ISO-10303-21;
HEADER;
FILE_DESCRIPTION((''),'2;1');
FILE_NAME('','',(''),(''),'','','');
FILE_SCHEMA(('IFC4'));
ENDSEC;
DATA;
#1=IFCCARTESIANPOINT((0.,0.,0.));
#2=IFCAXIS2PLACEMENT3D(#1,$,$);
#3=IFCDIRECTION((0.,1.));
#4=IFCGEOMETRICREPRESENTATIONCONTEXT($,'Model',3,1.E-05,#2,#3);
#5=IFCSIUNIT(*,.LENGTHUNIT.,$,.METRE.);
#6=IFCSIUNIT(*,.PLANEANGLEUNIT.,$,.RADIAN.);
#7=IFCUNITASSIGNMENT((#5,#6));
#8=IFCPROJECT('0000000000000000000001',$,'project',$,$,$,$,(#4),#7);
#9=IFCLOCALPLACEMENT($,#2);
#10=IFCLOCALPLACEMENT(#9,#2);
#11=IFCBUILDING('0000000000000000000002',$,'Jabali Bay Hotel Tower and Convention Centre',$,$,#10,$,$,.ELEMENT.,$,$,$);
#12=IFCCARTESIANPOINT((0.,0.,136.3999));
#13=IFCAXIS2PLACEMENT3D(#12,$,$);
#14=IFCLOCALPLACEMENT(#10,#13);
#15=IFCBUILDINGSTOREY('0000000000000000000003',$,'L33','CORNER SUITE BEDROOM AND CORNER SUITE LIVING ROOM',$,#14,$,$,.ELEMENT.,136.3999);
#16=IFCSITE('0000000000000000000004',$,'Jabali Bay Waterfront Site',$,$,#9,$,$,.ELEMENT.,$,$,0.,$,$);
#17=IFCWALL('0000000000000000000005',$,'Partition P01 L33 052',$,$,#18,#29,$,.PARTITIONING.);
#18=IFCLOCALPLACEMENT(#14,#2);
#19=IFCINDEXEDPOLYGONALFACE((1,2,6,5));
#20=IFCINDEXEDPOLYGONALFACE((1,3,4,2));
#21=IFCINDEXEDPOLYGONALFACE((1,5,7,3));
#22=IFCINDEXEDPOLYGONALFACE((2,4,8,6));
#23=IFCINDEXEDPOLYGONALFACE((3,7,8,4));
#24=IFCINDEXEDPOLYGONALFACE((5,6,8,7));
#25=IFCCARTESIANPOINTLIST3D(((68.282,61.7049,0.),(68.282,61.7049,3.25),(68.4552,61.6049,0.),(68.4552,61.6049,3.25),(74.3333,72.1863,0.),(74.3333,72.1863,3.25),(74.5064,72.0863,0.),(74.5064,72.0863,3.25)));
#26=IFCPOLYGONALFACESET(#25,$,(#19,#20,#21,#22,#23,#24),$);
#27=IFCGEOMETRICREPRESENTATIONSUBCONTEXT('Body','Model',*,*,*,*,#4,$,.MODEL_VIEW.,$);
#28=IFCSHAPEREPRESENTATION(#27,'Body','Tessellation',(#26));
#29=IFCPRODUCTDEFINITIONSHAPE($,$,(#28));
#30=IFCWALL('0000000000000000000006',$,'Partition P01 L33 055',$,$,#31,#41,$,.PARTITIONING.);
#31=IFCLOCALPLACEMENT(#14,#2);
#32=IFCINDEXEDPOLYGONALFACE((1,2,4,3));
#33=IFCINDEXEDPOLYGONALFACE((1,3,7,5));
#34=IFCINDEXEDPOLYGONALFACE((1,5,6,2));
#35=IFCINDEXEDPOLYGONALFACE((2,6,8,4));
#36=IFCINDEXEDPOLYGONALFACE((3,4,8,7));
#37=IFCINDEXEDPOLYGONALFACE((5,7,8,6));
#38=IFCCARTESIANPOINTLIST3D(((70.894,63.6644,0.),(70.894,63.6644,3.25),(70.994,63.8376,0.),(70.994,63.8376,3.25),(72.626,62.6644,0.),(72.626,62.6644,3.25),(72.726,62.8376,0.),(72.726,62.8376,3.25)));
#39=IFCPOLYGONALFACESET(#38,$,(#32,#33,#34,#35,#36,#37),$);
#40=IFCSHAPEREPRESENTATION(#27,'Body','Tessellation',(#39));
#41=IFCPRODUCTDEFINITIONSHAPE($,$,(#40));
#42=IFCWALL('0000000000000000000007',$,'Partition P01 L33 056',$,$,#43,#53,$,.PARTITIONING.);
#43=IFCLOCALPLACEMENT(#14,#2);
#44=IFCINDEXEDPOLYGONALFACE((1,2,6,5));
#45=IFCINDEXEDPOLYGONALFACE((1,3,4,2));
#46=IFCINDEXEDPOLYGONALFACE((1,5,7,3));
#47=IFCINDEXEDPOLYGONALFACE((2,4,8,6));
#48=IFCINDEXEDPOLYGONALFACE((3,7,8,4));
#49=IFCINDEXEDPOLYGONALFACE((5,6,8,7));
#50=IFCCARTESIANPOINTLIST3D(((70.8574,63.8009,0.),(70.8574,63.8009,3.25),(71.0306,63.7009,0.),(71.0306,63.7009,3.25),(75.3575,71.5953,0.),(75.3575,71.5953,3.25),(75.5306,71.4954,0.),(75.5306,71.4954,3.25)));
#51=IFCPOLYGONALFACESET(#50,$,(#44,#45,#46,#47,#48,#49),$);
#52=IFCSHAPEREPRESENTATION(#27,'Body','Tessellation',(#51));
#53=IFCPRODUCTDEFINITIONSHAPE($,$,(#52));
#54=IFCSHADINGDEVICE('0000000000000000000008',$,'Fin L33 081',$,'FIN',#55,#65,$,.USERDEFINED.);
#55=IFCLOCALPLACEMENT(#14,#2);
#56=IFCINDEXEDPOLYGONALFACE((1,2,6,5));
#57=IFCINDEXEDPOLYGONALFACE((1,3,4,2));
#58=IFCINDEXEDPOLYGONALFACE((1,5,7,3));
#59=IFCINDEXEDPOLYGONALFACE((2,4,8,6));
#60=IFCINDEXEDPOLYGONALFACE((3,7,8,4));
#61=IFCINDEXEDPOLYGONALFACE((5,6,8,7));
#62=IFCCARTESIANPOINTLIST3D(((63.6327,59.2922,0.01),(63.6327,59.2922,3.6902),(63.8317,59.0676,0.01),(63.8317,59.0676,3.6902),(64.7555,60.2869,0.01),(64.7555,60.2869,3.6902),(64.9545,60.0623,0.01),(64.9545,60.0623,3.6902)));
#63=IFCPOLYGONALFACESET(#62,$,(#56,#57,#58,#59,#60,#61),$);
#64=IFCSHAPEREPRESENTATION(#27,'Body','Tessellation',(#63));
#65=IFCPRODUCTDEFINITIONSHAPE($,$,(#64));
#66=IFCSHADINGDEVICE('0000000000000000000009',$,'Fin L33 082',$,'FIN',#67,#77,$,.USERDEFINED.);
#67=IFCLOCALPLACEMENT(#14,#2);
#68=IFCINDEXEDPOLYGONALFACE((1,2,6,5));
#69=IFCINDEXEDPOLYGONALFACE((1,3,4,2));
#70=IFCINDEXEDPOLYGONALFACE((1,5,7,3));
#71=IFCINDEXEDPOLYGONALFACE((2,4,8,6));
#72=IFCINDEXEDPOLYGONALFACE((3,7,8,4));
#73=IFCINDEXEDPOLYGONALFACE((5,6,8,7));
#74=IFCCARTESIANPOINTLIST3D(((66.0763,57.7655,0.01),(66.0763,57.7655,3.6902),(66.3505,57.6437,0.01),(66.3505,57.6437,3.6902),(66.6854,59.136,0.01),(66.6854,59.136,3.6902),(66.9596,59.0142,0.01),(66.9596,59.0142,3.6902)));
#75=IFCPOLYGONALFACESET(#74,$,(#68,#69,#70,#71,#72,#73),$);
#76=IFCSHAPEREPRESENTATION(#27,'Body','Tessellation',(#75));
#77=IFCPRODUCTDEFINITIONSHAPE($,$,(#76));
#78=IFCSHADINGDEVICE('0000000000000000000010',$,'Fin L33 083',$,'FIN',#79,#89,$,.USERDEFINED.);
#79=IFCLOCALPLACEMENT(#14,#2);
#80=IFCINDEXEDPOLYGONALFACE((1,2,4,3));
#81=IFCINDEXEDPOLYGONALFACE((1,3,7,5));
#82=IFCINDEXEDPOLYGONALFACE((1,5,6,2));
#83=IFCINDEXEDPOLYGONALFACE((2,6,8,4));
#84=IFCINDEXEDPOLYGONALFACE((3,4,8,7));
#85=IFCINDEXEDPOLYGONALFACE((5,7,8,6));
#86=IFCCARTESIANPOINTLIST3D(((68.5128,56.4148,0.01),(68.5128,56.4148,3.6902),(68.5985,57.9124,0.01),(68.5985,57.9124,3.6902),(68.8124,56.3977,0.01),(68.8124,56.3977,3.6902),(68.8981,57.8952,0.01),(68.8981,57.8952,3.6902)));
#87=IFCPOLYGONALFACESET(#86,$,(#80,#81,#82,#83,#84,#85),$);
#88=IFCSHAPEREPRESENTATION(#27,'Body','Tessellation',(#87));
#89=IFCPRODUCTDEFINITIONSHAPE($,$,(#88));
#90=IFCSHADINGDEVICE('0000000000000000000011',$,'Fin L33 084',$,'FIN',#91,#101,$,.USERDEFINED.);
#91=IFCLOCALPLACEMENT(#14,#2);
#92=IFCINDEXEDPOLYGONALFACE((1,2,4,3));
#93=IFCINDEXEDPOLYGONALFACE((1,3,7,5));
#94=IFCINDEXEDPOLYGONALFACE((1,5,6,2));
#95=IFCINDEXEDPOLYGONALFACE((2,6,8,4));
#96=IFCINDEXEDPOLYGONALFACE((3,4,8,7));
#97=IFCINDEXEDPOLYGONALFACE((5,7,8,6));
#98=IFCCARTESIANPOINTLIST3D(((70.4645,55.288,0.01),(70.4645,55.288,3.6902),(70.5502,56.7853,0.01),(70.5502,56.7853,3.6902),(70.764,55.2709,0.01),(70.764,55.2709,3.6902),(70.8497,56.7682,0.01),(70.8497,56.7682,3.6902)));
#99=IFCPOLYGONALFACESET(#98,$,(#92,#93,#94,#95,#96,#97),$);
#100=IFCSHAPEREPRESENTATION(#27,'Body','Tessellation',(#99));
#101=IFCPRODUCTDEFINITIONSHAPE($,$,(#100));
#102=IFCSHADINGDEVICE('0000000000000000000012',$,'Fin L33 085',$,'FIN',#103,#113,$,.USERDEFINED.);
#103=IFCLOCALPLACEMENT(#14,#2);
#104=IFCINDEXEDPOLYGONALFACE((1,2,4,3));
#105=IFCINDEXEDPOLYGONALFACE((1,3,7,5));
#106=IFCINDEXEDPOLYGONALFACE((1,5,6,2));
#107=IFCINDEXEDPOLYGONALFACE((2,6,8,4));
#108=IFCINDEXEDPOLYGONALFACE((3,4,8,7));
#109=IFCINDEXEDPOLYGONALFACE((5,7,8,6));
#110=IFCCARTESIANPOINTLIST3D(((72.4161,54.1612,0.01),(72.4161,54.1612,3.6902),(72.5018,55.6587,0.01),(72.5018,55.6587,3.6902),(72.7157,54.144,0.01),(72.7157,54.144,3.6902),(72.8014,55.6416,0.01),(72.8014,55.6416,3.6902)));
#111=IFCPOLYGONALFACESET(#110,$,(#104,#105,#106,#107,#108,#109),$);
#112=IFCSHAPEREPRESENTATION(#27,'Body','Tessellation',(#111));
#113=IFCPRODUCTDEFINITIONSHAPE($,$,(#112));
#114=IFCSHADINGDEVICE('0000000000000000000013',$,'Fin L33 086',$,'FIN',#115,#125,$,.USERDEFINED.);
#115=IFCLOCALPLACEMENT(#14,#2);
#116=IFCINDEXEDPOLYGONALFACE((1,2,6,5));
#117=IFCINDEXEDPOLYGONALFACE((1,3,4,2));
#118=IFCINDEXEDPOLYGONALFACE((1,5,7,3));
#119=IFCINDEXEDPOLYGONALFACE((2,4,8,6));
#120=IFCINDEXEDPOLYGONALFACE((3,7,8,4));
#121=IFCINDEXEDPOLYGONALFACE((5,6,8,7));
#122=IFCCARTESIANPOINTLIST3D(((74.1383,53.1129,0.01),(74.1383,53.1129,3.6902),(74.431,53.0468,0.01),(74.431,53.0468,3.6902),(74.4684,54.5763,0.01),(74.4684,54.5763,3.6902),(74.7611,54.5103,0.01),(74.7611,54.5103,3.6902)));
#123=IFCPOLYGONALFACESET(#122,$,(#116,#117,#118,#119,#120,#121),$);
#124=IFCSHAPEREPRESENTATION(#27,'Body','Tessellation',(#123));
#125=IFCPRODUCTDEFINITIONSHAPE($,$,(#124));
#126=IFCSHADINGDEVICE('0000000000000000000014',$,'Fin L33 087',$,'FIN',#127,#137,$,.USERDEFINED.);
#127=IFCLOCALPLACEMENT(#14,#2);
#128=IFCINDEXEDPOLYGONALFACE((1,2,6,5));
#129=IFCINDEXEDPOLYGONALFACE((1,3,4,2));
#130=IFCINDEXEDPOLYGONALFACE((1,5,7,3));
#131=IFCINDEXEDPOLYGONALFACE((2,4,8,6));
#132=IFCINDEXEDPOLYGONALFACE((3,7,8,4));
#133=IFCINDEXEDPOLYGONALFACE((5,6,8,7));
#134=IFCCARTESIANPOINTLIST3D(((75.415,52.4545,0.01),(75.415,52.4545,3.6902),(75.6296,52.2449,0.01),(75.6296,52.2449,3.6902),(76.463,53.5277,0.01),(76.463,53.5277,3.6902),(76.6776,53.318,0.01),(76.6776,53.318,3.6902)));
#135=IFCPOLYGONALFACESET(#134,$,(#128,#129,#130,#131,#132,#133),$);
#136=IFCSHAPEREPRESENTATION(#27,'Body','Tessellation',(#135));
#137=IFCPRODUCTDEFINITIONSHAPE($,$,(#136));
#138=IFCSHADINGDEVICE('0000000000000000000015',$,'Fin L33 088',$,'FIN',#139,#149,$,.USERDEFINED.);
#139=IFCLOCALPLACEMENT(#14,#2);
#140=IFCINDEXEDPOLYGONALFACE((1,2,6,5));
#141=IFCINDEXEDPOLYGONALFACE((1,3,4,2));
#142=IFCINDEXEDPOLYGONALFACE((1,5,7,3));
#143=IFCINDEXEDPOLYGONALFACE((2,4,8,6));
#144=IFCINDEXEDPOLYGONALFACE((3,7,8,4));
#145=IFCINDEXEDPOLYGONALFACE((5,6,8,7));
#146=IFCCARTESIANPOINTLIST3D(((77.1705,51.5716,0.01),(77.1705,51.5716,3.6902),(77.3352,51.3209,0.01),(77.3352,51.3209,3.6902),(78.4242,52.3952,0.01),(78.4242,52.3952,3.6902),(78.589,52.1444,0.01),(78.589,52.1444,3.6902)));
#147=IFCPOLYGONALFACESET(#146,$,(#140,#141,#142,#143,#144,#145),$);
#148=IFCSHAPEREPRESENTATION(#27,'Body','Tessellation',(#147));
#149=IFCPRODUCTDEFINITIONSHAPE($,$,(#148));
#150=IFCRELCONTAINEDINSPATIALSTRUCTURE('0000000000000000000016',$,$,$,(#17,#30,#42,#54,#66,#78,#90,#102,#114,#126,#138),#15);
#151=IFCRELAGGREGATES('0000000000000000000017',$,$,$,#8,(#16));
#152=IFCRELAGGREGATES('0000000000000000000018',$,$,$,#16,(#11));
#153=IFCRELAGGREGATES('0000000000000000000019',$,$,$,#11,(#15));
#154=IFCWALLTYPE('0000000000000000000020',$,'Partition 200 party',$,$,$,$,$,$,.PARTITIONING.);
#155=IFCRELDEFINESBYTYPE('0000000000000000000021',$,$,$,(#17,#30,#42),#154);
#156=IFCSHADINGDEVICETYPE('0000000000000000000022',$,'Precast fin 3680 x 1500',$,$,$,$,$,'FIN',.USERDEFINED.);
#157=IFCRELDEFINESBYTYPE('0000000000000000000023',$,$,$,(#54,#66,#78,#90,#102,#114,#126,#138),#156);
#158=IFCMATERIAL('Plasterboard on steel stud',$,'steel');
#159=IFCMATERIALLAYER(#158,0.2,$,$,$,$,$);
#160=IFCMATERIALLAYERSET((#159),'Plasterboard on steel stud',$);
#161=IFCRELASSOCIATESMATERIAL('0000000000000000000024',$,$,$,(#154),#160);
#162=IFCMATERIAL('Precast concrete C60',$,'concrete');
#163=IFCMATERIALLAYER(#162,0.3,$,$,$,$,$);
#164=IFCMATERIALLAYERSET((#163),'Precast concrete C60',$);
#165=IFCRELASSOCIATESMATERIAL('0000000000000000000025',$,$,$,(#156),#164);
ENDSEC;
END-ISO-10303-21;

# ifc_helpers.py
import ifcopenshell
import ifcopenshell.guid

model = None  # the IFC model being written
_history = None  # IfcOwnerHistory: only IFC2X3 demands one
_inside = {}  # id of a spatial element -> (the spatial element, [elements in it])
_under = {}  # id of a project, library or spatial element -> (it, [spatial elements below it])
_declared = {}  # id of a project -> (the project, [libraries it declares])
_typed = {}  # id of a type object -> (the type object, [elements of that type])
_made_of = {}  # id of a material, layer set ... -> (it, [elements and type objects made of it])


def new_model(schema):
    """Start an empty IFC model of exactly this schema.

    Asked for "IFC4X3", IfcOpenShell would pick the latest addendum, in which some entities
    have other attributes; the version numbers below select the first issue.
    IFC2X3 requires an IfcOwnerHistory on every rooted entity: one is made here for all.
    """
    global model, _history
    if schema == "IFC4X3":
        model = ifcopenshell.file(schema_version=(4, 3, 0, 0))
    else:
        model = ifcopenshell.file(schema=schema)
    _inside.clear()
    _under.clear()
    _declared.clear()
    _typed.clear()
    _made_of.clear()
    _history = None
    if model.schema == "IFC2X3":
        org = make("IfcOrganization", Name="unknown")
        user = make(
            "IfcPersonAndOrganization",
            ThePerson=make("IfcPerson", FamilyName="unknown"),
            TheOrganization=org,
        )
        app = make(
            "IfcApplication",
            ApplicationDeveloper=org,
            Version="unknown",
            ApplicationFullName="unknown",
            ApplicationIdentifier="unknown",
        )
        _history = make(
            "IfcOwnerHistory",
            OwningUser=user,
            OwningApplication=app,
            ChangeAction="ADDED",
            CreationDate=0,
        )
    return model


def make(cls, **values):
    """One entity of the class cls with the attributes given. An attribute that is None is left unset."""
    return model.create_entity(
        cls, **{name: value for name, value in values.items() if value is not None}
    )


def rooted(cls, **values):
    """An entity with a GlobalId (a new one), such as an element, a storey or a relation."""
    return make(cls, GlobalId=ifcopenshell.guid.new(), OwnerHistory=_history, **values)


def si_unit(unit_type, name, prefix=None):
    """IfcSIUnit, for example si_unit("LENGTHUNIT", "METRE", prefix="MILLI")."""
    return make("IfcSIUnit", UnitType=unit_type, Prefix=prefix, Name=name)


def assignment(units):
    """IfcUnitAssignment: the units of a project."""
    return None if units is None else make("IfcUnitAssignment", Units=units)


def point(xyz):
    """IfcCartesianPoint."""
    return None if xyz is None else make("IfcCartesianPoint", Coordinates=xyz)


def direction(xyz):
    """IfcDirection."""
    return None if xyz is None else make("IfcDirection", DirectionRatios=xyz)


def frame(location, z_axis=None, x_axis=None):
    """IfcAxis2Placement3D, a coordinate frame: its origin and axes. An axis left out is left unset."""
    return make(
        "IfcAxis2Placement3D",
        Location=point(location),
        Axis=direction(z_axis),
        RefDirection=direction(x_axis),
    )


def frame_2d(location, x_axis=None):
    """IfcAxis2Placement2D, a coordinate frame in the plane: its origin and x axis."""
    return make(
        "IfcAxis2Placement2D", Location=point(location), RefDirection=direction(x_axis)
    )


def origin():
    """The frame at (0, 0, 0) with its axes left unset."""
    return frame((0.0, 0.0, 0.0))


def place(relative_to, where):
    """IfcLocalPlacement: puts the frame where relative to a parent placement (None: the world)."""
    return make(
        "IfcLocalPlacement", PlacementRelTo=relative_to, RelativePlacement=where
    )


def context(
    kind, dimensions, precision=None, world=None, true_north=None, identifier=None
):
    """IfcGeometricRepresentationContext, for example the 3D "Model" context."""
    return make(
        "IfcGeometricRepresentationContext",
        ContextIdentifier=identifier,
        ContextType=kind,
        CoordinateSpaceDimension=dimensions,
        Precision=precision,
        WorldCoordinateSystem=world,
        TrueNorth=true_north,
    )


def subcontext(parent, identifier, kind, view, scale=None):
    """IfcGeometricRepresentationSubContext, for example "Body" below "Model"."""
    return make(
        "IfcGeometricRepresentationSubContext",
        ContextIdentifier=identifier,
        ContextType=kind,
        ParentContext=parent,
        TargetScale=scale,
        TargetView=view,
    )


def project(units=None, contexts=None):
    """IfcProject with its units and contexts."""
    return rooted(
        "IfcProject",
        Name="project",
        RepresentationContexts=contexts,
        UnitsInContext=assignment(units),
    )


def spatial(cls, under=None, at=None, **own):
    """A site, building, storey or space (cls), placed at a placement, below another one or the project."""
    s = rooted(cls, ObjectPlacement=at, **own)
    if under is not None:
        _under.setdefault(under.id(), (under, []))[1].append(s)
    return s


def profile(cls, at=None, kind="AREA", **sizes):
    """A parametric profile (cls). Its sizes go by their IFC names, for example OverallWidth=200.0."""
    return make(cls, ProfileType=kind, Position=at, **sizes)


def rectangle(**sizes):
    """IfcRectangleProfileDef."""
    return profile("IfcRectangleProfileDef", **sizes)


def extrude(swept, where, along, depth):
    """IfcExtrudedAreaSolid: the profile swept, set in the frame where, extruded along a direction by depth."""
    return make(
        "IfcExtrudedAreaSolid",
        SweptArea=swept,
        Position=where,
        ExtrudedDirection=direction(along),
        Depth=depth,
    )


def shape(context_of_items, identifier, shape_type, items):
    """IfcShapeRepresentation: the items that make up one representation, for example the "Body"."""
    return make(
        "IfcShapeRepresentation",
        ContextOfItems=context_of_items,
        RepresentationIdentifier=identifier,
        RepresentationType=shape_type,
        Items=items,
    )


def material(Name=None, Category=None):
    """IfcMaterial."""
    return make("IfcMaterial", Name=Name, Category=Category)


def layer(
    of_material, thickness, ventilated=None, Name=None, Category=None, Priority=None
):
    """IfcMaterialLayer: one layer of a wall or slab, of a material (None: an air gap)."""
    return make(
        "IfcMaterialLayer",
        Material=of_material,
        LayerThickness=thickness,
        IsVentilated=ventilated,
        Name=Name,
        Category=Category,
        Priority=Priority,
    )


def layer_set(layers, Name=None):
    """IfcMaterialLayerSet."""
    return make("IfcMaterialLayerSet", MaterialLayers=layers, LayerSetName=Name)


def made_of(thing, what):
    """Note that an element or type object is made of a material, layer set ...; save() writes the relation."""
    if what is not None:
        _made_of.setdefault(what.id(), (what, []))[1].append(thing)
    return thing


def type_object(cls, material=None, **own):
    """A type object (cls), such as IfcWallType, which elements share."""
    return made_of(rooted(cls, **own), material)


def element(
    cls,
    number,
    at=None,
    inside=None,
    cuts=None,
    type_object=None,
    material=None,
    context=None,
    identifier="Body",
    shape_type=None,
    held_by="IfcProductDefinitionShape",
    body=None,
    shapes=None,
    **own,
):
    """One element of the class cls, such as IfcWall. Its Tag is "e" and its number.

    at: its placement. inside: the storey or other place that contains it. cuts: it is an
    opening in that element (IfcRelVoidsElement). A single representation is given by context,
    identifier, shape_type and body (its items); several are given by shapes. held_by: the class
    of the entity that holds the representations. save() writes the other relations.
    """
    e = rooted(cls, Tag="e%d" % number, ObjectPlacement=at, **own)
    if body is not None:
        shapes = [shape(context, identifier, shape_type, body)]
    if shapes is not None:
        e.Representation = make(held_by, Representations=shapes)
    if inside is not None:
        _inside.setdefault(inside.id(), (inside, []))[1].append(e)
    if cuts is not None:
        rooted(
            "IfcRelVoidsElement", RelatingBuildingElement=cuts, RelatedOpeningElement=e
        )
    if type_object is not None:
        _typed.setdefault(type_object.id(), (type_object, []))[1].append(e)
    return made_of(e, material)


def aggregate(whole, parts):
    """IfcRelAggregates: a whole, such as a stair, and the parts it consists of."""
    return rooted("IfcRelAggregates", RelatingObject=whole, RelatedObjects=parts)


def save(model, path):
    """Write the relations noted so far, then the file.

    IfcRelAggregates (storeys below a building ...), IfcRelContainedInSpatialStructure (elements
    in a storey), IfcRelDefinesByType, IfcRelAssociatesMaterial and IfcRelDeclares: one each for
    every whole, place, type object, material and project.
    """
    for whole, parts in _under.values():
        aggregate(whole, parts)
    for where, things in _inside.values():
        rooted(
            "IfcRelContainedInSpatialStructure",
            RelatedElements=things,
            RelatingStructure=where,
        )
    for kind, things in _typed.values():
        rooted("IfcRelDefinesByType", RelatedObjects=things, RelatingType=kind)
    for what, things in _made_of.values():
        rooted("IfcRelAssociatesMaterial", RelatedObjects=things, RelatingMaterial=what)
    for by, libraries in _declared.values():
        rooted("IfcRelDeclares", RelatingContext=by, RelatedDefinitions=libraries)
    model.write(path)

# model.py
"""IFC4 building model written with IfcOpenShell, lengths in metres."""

from ifc_helpers import new_model, si_unit, direction, frame, frame_2d, origin, place, context, subcontext, project, spatial, rectangle, extrude, material, layer, layer_set, type_object, element, save


model = new_model("IFC4")

# Units and contexts
model_context = context("Model", 3, precision=1e-05, world=origin(), true_north=direction((0.0, 1.0)))
body_context = subcontext(model_context, "Body", "Model", "MODEL_VIEW")
ifc_project = project(units=[si_unit("LENGTHUNIT", "METRE"), si_unit("PLANEANGLEUNIT", "RADIAN")], contexts=[model_context])

# Site, building, storey
site_placement = place(None, origin())
site = spatial("IfcSite", under=ifc_project, at=site_placement, Name="Jabali Bay Waterfront Site", CompositionType="ELEMENT", RefElevation=0.0)
building_placement = place(site_placement, origin())
building = spatial("IfcBuilding", under=site, at=building_placement, Name="Jabali Bay Hotel Tower and Convention Centre", CompositionType="ELEMENT")
storey_placement = place(building_placement, frame((0.0, 0.0, 136.3999)))
storey = spatial("IfcBuildingStorey", under=building, at=storey_placement, Name="L33", Description="CORNER SUITE BEDROOM AND CORNER SUITE LIVING ROOM", CompositionType="ELEMENT", Elevation=136.3999)

# Shared definitions
ifc_material_1 = material(Name="Plasterboard on steel stud", Category="steel")

# Walls
ifc_layer_1 = layer(ifc_material_1, 0.2)
ifc_layer_set_1 = layer_set([ifc_layer_1], Name="Plasterboard on steel stud")
wall_type_1 = type_object("IfcWallType", Name="Partition 200 party", PredefinedType="PARTITIONING", material=ifc_layer_set_1)
wall_1_placement = place(storey_placement, frame((68.3687, 61.655, 0.0), z_axis=(0.0, 0.0, 1.0), x_axis=(0.499988, 0.866032, 0.0)))
element("IfcWall", 1, at=wall_1_placement, inside=storey, type_object=wall_type_1, Name="Partition P01 L33 052", PredefinedType="PARTITIONING", context=body_context, shape_type="SweptSolid", body=[
    extrude(rectangle(XDim=12.1028, YDim=0.2, at=frame_2d((6.0513, 0.0))), origin(), (0.0, 0.0, 1.0), 3.25),
])
wall_2_placement = place(storey_placement, frame((72.676, 62.751, 0.0), z_axis=(0.0, 0.0, 1.0), x_axis=(-0.866011, 0.500025, 0.0)))
element("IfcWall", 2, at=wall_2_placement, inside=storey, type_object=wall_type_1, Name="Partition P01 L33 055", PredefinedType="PARTITIONING", context=body_context, shape_type="SweptSolid", body=[
    extrude(rectangle(XDim=2.0, YDim=0.2, at=frame_2d((1.0, 0.0))), origin(), (0.0, 0.0, 1.0), 3.25),
])
wall_3_placement = place(storey_placement, frame((70.9441, 63.751, 0.0), z_axis=(0.0, 0.0, 1.0), x_axis=(0.49999, 0.866031, 0.0)))
element("IfcWall", 3, at=wall_3_placement, inside=storey, type_object=wall_type_1, Name="Partition P01 L33 056", PredefinedType="PARTITIONING", context=body_context, shape_type="SweptSolid", body=[
    extrude(rectangle(XDim=9.0002, YDim=0.2, at=frame_2d((4.5, 0.0))), origin(), (0.0, 0.0, 1.0), 3.25),
])

# Shading devices
ifc_material_2 = material(Name="Precast concrete C60", Category="concrete")
ifc_layer_2 = layer(ifc_material_2, 0.3)
ifc_layer_set_2 = layer_set([ifc_layer_2], Name="Precast concrete C60")
shading_device_type = type_object("IfcShadingDeviceType", Name="Precast fin 3680 x 1500", ElementType="FIN", PredefinedType="USERDEFINED", material=ifc_layer_set_2)
shading_device_1_placement = place(storey_placement, frame((64.855, 60.1746, 0.01), z_axis=(0.0, 0.0, 1.0), x_axis=(-0.74854, -0.66309, 0.0)))
element("IfcShadingDevice", 4, at=shading_device_1_placement, inside=storey, type_object=shading_device_type, Name="Fin L33 081", ObjectType="FIN", PredefinedType="USERDEFINED", context=body_context, shape_type="SweptSolid", body=[
    extrude(rectangle(XDim=1.5, YDim=0.3, at=frame_2d((0.75, 0.0))), origin(), (0.0, 0.0, 1.0), 3.6802),
])
shading_device_2_placement = place(storey_placement, frame((66.8225, 59.0752, 0.01), z_axis=(0.0, 0.0, 1.0), x_axis=(-0.406123, -0.913818, 0.0)))
element("IfcShadingDevice", 5, at=shading_device_2_placement, inside=storey, type_object=shading_device_type, Name="Fin L33 082", ObjectType="FIN", PredefinedType="USERDEFINED", context=body_context, shape_type="SweptSolid", body=[
    extrude(rectangle(XDim=1.4998, YDim=0.3, at=frame_2d((0.75, 0.0))), origin(), (0.0, 0.0, 1.0), 3.6802),
])
shading_device_3_placement = place(storey_placement, frame((68.7483, 57.9038, 0.01), z_axis=(0.0, 0.0, 1.0), x_axis=(-0.057129, -0.998367, 0.0)))
element("IfcShadingDevice", 6, at=shading_device_3_placement, inside=storey, type_object=shading_device_type, Name="Fin L33 083", ObjectType="FIN", PredefinedType="USERDEFINED", context=body_context, shape_type="SweptSolid", body=[
    extrude(rectangle(XDim=1.5, YDim=0.3, at=frame_2d((0.75, 0.0))), origin(), (0.0, 0.0, 1.0), 3.6802),
])
shading_device_4_placement = place(storey_placement, frame((70.7, 56.7769, 0.01), z_axis=(0.0, 0.0, 1.0), x_axis=(-0.057138, -0.998366, 0.0)))
element("IfcShadingDevice", 7, at=shading_device_4_placement, inside=storey, type_object=shading_device_type, Name="Fin L33 084", ObjectType="FIN", PredefinedType="USERDEFINED", context=body_context, shape_type="SweptSolid", body=[
    extrude(rectangle(XDim=1.4998, YDim=0.3, at=frame_2d((0.75, 0.0))), origin(), (0.0, 0.0, 1.0), 3.6802),
])
shading_device_5_placement = place(storey_placement, frame((72.6516, 55.6501, 0.01), z_axis=(0.0, 0.0, 1.0), x_axis=(-0.057129, -0.998367, 0.0)))
element("IfcShadingDevice", 8, at=shading_device_5_placement, inside=storey, type_object=shading_device_type, Name="Fin L33 085", ObjectType="FIN", PredefinedType="USERDEFINED", context=body_context, shape_type="SweptSolid", body=[
    extrude(rectangle(XDim=1.5, YDim=0.3, at=frame_2d((0.75, 0.0))), origin(), (0.0, 0.0, 1.0), 3.6802),
])
shading_device_6_placement = place(storey_placement, frame((74.6147, 54.5432, 0.01), z_axis=(0.0, 0.0, 1.0), x_axis=(-0.220031, -0.975493, 0.0)))
element("IfcShadingDevice", 9, at=shading_device_6_placement, inside=storey, type_object=shading_device_type, Name="Fin L33 086", ObjectType="FIN", PredefinedType="USERDEFINED", context=body_context, shape_type="SweptSolid", body=[
    extrude(rectangle(XDim=1.5002, YDim=0.3, at=frame_2d((0.75, 0.0))), origin(), (0.0, 0.0, 1.0), 3.6802),
])
for number, where, z_axis, x_axis, name in (
    (10, (76.5703, 53.4229, 0.01), (0.0, 0.0, 1.0), (-0.698676, -0.715439, 0.0), "Fin L33 087"),
    (11, (78.5066, 52.2698, 0.01), (0.0, 0.0, 1.0), (-0.835812, -0.549015, 0.0), "Fin L33 088"),
):
    element("IfcShadingDevice", number, at=place(storey_placement, frame(where, z_axis=z_axis, x_axis=x_axis)), inside=storey, type_object=shading_device_type, Name=name, ObjectType="FIN", PredefinedType="USERDEFINED", context=body_context, shape_type="SweptSolid", body=[
        extrude(rectangle(XDim=1.5, YDim=0.3, at=frame_2d((0.75, 0.0))), origin(), (0.0, 0.0, 1.0), 3.6802),
    ])

save(model, "model.ifc")
